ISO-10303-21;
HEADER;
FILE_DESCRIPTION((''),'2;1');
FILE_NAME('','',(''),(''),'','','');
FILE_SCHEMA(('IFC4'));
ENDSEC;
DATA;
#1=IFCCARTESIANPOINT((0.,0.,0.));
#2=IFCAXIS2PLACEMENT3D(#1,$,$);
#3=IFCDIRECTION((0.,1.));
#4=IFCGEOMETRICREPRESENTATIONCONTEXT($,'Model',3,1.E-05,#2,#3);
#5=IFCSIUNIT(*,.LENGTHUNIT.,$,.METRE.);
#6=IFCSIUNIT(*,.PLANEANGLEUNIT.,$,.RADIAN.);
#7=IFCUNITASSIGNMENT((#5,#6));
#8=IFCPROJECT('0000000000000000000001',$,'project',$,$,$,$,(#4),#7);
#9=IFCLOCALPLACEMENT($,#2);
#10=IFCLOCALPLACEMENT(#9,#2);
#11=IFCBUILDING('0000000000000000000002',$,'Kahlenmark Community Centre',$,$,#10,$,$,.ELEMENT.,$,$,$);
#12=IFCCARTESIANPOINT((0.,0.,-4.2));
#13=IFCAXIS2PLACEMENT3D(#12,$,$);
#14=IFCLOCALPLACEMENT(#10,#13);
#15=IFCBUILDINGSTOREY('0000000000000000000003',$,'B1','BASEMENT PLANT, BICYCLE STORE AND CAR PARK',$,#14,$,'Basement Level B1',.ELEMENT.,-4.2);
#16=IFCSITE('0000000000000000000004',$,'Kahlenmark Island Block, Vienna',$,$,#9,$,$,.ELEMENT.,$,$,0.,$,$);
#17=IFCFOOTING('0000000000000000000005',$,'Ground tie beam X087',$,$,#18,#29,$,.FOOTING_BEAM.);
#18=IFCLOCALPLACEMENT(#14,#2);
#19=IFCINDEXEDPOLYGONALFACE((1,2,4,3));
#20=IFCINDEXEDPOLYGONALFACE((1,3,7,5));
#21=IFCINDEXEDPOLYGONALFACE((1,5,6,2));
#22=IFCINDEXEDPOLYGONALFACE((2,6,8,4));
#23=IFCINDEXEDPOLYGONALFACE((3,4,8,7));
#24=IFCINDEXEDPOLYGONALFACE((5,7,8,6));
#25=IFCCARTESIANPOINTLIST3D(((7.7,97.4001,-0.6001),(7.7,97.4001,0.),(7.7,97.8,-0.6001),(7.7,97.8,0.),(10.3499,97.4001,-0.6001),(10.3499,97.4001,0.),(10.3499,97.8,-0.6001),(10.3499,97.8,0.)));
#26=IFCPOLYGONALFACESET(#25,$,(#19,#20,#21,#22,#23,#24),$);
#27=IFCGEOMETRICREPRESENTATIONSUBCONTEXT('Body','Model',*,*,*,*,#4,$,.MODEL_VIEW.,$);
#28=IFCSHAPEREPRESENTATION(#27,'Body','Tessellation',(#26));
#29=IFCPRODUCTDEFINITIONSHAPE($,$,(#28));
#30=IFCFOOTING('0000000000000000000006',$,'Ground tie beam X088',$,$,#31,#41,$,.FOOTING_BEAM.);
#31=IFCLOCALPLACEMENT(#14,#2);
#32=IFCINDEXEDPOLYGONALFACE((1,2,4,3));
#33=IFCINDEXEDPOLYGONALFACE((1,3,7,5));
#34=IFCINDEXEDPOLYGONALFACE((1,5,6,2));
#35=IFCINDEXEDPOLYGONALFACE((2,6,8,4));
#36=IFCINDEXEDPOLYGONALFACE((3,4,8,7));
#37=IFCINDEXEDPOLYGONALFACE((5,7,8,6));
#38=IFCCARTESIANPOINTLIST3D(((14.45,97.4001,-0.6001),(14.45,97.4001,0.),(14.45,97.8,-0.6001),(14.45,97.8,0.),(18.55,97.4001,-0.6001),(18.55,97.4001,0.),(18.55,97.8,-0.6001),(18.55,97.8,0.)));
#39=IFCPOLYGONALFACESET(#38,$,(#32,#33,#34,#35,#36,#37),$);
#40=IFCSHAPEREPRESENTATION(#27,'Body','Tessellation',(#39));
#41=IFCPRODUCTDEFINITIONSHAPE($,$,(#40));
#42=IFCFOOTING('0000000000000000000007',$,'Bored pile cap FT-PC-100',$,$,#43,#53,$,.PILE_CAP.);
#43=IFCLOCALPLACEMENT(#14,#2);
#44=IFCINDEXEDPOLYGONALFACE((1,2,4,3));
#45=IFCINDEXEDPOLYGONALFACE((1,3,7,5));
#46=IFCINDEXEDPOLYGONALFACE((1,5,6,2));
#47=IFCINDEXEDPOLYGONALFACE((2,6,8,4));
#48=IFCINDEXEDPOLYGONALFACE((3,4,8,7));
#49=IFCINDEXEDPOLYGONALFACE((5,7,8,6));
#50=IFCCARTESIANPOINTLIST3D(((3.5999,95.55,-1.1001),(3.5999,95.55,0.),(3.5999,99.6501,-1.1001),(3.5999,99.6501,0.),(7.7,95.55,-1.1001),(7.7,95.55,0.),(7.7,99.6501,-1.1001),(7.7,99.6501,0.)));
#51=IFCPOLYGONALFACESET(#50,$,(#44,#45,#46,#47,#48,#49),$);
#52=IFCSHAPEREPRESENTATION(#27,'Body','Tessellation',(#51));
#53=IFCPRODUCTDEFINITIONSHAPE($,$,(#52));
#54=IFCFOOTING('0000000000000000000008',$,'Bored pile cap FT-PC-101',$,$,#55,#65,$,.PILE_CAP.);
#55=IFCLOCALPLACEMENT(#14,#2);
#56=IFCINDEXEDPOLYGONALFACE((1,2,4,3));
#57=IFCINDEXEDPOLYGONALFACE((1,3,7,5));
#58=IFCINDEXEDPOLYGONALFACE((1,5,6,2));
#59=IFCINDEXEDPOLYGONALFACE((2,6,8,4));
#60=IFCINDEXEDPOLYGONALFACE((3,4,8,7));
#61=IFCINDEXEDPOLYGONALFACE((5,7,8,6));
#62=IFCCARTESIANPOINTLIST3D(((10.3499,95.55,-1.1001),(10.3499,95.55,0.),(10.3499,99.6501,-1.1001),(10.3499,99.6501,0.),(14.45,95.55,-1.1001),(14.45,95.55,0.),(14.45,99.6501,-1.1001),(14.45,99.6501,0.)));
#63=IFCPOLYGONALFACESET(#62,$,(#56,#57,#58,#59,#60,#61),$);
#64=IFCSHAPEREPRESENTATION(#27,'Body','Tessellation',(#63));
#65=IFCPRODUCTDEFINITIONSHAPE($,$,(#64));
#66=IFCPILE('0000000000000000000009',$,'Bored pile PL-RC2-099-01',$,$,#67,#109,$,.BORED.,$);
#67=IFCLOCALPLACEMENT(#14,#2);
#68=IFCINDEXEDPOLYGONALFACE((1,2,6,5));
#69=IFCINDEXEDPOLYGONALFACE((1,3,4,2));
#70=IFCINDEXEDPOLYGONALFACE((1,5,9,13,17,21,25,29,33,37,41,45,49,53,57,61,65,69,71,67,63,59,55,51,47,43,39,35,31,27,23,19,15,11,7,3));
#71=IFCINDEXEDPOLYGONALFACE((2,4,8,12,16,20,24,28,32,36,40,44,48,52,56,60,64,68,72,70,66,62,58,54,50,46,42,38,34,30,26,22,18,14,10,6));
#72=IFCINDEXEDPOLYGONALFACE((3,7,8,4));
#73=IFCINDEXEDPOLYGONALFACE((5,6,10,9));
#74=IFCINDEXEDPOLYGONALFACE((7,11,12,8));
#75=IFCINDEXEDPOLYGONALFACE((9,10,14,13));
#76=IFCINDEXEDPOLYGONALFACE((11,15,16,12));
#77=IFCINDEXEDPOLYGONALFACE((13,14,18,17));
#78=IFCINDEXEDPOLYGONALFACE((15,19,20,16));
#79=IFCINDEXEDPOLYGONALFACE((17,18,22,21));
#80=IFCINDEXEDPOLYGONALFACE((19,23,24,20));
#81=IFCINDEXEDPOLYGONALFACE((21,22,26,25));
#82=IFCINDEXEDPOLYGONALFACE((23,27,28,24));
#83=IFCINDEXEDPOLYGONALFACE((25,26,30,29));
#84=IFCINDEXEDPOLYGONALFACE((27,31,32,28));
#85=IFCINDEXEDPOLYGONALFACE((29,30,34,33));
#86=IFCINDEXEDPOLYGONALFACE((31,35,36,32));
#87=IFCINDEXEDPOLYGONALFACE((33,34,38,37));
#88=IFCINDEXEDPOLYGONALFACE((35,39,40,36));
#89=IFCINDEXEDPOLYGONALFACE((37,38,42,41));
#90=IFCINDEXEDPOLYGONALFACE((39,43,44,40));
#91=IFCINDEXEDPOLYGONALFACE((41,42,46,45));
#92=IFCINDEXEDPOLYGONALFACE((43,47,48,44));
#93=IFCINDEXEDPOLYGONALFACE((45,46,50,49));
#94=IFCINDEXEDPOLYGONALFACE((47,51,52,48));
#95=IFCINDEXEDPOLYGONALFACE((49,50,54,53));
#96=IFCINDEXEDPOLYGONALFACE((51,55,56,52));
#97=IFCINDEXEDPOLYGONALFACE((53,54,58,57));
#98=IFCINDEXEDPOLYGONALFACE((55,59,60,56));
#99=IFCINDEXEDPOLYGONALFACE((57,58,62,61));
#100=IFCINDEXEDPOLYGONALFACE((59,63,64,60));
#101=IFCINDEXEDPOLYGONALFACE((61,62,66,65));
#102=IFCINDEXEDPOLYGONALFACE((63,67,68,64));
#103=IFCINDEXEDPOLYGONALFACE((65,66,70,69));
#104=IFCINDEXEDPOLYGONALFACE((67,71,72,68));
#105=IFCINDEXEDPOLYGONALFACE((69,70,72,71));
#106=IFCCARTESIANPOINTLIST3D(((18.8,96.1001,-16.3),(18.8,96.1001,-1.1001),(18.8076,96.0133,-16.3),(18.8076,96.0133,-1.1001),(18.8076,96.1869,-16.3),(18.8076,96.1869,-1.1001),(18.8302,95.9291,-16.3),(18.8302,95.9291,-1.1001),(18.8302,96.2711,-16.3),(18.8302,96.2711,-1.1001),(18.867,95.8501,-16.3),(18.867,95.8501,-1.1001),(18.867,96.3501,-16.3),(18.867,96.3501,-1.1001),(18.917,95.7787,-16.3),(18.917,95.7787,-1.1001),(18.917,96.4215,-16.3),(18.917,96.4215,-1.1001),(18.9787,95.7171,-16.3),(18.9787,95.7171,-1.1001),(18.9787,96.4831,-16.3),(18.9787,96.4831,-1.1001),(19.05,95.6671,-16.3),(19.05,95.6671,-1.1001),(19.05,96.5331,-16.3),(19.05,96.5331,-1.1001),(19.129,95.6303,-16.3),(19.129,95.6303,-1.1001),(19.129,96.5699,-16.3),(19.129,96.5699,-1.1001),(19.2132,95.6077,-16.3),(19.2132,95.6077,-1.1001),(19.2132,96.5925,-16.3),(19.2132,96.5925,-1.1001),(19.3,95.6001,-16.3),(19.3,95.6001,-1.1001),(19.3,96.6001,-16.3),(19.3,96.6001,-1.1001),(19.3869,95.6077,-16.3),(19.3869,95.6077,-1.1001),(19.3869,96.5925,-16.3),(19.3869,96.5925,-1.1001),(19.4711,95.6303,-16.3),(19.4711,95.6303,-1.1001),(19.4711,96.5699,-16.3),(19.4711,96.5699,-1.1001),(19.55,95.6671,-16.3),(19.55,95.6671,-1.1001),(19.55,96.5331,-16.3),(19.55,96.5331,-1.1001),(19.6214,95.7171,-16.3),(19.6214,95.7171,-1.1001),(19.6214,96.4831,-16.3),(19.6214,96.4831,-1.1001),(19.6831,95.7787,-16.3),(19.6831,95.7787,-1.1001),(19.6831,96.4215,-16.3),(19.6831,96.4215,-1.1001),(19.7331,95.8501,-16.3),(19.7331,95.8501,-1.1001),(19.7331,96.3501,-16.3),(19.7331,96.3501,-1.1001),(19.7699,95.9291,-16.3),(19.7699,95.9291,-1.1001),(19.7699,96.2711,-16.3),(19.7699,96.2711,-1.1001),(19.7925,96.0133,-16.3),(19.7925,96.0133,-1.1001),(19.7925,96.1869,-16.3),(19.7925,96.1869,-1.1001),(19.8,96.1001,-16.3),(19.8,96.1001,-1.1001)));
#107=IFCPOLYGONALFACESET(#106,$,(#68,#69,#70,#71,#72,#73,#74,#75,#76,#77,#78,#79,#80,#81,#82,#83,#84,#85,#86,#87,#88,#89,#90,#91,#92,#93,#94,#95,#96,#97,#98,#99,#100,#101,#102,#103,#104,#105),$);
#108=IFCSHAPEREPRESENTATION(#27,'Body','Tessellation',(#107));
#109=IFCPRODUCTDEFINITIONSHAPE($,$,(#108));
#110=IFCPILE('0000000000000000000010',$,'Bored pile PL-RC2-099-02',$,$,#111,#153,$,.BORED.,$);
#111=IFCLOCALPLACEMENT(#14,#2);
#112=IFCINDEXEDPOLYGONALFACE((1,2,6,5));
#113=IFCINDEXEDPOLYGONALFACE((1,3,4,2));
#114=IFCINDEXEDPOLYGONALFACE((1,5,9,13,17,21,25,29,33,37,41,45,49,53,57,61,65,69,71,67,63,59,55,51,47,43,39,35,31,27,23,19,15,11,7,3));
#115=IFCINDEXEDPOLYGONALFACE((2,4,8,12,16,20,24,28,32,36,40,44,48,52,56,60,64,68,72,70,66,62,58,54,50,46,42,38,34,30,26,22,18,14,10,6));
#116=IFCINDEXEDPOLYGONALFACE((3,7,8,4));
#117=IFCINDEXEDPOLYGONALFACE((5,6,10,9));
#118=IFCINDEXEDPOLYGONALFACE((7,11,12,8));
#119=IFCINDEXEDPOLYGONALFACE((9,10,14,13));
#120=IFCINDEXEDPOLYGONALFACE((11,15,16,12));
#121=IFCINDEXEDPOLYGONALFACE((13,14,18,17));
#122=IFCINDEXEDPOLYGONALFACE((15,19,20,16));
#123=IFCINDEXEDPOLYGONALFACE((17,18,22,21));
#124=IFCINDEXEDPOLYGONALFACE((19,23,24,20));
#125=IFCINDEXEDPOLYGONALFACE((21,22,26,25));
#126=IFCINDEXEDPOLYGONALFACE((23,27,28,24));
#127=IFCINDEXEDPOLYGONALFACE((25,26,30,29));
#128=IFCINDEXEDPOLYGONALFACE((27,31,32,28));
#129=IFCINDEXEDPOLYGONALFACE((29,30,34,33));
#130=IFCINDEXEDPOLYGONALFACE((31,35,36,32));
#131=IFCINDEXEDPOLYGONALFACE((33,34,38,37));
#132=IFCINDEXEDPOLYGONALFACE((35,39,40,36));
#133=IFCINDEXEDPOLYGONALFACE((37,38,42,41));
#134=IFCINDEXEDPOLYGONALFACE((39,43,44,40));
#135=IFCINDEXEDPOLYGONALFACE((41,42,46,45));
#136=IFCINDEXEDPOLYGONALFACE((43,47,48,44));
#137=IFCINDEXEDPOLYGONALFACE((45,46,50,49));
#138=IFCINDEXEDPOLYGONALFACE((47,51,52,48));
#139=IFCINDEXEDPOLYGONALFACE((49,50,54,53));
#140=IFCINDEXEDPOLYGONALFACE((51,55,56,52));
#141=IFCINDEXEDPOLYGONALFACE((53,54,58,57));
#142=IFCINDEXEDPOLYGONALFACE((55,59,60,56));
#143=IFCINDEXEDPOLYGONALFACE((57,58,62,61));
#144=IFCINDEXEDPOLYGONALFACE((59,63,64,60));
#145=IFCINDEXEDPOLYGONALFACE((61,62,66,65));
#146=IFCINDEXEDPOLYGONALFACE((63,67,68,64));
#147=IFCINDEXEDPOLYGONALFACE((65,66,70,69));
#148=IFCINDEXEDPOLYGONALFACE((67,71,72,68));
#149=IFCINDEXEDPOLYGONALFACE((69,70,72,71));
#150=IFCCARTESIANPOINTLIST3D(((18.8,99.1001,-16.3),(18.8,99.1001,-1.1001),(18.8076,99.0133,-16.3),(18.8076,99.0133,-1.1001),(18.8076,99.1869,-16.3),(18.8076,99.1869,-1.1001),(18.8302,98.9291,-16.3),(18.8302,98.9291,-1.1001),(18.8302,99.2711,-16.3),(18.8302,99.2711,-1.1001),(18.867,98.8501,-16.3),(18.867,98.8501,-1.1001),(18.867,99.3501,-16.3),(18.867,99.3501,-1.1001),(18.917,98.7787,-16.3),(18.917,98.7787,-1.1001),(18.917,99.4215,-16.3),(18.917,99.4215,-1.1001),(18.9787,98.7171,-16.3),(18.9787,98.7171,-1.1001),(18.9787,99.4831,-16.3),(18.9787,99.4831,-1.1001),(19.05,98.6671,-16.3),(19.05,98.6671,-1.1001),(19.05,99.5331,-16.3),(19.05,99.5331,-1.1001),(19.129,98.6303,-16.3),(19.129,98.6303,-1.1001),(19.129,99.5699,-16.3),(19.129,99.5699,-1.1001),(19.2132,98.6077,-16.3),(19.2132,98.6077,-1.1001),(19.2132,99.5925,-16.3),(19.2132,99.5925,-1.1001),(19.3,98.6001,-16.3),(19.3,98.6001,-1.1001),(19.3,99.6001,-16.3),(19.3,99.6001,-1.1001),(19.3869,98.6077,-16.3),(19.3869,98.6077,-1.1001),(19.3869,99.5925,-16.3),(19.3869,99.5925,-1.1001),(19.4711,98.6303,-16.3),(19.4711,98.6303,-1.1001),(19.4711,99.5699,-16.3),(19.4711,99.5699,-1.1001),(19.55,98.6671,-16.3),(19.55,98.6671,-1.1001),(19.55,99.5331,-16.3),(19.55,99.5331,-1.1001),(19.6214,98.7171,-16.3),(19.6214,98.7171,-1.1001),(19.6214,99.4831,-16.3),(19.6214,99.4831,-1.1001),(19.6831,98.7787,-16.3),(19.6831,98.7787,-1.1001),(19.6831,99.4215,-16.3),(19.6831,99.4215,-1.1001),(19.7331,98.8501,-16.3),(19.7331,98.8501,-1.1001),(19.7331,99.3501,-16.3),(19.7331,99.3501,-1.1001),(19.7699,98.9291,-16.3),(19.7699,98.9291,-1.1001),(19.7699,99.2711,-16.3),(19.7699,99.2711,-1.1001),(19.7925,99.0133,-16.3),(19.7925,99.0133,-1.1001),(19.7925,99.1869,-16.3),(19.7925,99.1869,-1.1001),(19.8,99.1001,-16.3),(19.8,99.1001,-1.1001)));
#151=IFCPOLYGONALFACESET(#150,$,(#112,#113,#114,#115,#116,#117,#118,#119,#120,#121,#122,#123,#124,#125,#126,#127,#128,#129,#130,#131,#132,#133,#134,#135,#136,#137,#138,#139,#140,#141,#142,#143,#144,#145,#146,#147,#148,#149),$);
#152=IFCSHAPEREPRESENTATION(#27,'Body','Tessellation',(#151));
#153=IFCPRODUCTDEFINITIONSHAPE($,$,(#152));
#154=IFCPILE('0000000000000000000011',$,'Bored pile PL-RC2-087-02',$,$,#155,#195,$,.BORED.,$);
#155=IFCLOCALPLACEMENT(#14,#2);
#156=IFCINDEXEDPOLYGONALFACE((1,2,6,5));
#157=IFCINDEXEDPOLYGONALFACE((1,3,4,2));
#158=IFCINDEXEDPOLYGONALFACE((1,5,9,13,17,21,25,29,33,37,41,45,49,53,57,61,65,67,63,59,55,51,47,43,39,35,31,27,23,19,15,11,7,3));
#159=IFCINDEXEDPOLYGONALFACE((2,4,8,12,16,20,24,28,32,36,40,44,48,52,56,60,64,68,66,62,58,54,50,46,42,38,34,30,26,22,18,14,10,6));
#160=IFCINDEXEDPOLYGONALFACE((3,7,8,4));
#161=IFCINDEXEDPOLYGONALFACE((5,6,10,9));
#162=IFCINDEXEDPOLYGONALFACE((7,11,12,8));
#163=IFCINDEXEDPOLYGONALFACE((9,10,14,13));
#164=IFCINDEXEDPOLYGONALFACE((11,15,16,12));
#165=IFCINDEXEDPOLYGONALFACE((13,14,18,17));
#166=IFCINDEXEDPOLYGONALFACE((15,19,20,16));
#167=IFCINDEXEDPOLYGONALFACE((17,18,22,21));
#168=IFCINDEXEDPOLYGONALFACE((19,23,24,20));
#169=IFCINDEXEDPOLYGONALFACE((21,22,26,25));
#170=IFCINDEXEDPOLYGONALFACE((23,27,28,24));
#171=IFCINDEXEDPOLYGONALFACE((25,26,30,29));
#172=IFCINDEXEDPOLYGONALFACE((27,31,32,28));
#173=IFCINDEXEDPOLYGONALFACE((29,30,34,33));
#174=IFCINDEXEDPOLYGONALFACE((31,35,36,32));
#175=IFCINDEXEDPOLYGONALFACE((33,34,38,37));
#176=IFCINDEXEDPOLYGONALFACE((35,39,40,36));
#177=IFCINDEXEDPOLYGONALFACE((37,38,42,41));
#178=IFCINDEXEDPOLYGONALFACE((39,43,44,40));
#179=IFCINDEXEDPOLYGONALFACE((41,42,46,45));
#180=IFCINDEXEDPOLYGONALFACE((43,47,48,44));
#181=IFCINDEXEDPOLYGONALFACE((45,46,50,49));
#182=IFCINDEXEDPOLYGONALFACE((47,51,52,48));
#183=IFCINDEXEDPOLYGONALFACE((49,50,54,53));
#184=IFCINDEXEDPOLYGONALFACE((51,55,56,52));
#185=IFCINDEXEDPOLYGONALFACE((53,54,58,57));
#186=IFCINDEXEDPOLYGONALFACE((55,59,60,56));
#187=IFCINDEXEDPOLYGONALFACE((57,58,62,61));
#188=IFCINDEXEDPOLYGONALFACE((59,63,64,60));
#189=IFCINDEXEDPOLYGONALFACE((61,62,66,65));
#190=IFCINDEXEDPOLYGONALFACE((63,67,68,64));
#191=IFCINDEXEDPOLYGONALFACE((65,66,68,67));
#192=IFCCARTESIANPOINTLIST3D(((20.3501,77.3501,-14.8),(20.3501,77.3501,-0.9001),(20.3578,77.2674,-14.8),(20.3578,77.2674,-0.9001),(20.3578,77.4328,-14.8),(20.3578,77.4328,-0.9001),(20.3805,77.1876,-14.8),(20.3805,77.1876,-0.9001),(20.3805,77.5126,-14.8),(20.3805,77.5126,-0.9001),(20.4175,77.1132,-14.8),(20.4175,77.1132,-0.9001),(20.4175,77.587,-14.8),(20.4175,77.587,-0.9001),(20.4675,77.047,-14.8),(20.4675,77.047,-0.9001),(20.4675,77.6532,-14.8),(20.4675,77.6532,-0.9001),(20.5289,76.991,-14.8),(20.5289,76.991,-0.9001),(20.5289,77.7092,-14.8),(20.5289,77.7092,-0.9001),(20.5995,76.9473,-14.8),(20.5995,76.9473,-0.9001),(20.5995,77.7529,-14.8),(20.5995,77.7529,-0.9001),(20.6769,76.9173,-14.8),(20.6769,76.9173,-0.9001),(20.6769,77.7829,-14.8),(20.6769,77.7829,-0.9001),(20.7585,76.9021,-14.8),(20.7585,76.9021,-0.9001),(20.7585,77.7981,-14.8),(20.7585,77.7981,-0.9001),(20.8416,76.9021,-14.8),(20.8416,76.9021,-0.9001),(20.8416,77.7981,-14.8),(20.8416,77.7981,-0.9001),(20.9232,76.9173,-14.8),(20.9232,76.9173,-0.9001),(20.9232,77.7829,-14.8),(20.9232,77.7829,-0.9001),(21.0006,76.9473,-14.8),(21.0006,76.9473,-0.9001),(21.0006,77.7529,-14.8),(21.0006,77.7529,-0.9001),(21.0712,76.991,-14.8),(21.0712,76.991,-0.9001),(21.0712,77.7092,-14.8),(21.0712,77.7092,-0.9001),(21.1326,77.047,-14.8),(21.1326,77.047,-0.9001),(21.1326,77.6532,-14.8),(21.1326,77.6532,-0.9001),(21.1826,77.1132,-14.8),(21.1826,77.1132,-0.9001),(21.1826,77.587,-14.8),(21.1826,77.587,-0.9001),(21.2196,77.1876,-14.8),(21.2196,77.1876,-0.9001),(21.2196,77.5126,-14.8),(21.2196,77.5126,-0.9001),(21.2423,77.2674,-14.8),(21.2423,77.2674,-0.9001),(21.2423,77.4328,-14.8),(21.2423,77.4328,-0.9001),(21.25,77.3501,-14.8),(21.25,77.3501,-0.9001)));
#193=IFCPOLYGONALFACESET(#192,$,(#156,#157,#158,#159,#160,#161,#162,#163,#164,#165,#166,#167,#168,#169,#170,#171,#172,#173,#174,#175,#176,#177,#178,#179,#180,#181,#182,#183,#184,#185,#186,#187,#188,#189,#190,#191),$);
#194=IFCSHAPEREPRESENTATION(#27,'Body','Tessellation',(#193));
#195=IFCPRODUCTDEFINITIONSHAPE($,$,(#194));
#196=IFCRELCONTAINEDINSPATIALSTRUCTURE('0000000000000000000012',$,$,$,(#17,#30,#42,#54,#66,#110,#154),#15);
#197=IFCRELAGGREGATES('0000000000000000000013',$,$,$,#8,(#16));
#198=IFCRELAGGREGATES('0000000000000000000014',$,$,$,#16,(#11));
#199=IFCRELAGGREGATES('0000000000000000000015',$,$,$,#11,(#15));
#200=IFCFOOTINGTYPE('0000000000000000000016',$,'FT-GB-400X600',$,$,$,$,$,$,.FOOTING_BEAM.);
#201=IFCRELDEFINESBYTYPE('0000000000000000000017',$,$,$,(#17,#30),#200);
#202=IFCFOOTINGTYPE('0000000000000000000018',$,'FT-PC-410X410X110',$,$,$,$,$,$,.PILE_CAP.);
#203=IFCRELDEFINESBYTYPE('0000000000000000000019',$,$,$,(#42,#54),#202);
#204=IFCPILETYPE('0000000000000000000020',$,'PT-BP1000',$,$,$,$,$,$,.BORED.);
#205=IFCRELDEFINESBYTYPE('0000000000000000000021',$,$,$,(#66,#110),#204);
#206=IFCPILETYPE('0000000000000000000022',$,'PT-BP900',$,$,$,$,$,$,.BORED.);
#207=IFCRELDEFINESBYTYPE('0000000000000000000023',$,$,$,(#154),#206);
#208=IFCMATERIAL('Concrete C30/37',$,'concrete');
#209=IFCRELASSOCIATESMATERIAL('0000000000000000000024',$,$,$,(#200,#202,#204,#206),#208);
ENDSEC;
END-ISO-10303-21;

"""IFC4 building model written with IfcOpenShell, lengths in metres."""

from ifc_helpers import new_model, si_unit, direction, frame, origin, origin_2d, place, context, subcontext, project, spatial, rectangle, circle, extrude, material, material_profile, profile_set, type_object, element, save


model = new_model("IFC4")

# Units and contexts
model_context = context("Model", 3, precision=1e-05, world=origin(), true_north=direction((0.0, 1.0)))
body_context = subcontext(model_context, "Body", "Model", "MODEL_VIEW")
ifc_project = project(units=[si_unit("LENGTHUNIT", "METRE"), si_unit("PLANEANGLEUNIT", "RADIAN")], contexts=[model_context])

# Site, building, storey
site_placement = place(None, origin())
site = spatial("IfcSite", under=ifc_project, at=site_placement, Name="Kahlenmark Island Block, Vienna", CompositionType="ELEMENT", RefElevation=0.0)
building_placement = place(site_placement, origin())
building = spatial("IfcBuilding", under=site, at=building_placement, Name="Kahlenmark Community Centre", CompositionType="ELEMENT")
storey_placement = place(building_placement, frame((0.0, 0.0, -4.2)))
storey = spatial("IfcBuildingStorey", under=building, at=storey_placement, Name="B1", Description="BASEMENT PLANT, BICYCLE STORE AND CAR PARK", LongName="Basement Level B1", CompositionType="ELEMENT", Elevation=-4.2)

# Footings
ifc_material_1 = material(Name="Concrete C30/37", Category="concrete")
footing_type_1 = type_object("IfcFootingType", Name="FT-GB-400X600", PredefinedType="FOOTING_BEAM", material=ifc_material_1)
footing_1_placement = place(storey_placement, frame((9.0249, 97.6001, -0.6001), z_axis=(0.0, 0.0, 1.0), x_axis=(1.0, 0.0, 0.0)))
element("IfcFooting", 1, at=footing_1_placement, inside=storey, type_object=footing_type_1, Name="Ground tie beam X087", PredefinedType="FOOTING_BEAM", context=body_context, shape_type="SweptSolid", body=[
    extrude(rectangle(XDim=2.6499, YDim=0.3999, at=origin_2d()), origin(), (0.0, 0.0, 1.0), 0.6001),
])
footing_2_placement = place(storey_placement, frame((16.5, 97.6001, -0.6001), z_axis=(0.0, 0.0, 1.0), x_axis=(1.0, 0.0, 0.0)))
element("IfcFooting", 2, at=footing_2_placement, inside=storey, type_object=footing_type_1, Name="Ground tie beam X088", PredefinedType="FOOTING_BEAM", context=body_context, shape_type="SweptSolid", body=[
    extrude(rectangle(XDim=4.1001, YDim=0.3999, at=origin_2d()), origin(), (0.0, 0.0, 1.0), 0.6001),
])
footing_type_2 = type_object("IfcFootingType", Name="FT-PC-410X410X110", PredefinedType="PILE_CAP", material=ifc_material_1)
for number, where, z_axis, x_axis, name in (
    (3, (5.6499, 97.6001, -1.1001), (0.0, 0.0, 1.0), (1.0, 0.0, 0.0), "Bored pile cap FT-PC-100"),
    (4, (12.3999, 97.6001, -1.1001), (0.0, 0.0, 1.0), (1.0, 0.0, 0.0), "Bored pile cap FT-PC-101"),
):
    element("IfcFooting", number, at=place(storey_placement, frame(where, z_axis=z_axis, x_axis=x_axis)), inside=storey, type_object=footing_type_2, Name=name, PredefinedType="PILE_CAP", context=body_context, shape_type="SweptSolid", body=[
        extrude(rectangle(XDim=4.1001, YDim=4.1001, at=origin_2d()), origin(), (0.0, 0.0, 1.0), 1.1001),
    ])

# Piles
ifc_material_profile_1 = material_profile(ifc_material_1, circle(Radius=0.5, at=origin_2d()), Name="BORED PILE 1000")
ifc_profile_set_1 = profile_set([ifc_material_profile_1], Name="Concrete C30/37")
pile_type_1 = type_object("IfcPileType", Name="PT-BP1000", PredefinedType="BORED", material=ifc_profile_set_1)
for number, where, z_axis, x_axis, name in (
    (5, (19.3, 96.1001, -1.1001), (0.0, 0.0, -1.0), (1.0, 0.0, 0.0), "Bored pile PL-RC2-099-01"),
    (6, (19.3, 99.1001, -1.1001), (0.0, 0.0, -1.0), (1.0, 0.0, 0.0), "Bored pile PL-RC2-099-02"),
):
    element("IfcPile", number, at=place(storey_placement, frame(where, z_axis=z_axis, x_axis=x_axis)), inside=storey, type_object=pile_type_1, Name=name, PredefinedType="BORED", context=body_context, shape_type="SweptSolid", body=[
        extrude(circle(Radius=0.5, at=origin_2d()), origin(), (0.0, 0.0, 1.0), 15.2),
    ])
ifc_material_profile_2 = material_profile(ifc_material_1, circle(Radius=0.45, at=origin_2d()), Name="BORED PILE 900")
ifc_profile_set_2 = profile_set([ifc_material_profile_2], Name="Concrete C30/37")
pile_type_2 = type_object("IfcPileType", Name="PT-BP900", PredefinedType="BORED", material=ifc_profile_set_2)
pile_placement = place(storey_placement, frame((20.8, 77.3501, -0.9001), z_axis=(0.0, 0.0, -1.0), x_axis=(1.0, 0.0, 0.0)))
element("IfcPile", 7, at=pile_placement, inside=storey, type_object=pile_type_2, Name="Bored pile PL-RC2-087-02", PredefinedType="BORED", context=body_context, shape_type="SweptSolid", body=[
    extrude(circle(Radius=0.45, at=origin_2d()), origin(), (0.0, 0.0, 1.0), 13.8999),
])

save(model, "model.ifc")
